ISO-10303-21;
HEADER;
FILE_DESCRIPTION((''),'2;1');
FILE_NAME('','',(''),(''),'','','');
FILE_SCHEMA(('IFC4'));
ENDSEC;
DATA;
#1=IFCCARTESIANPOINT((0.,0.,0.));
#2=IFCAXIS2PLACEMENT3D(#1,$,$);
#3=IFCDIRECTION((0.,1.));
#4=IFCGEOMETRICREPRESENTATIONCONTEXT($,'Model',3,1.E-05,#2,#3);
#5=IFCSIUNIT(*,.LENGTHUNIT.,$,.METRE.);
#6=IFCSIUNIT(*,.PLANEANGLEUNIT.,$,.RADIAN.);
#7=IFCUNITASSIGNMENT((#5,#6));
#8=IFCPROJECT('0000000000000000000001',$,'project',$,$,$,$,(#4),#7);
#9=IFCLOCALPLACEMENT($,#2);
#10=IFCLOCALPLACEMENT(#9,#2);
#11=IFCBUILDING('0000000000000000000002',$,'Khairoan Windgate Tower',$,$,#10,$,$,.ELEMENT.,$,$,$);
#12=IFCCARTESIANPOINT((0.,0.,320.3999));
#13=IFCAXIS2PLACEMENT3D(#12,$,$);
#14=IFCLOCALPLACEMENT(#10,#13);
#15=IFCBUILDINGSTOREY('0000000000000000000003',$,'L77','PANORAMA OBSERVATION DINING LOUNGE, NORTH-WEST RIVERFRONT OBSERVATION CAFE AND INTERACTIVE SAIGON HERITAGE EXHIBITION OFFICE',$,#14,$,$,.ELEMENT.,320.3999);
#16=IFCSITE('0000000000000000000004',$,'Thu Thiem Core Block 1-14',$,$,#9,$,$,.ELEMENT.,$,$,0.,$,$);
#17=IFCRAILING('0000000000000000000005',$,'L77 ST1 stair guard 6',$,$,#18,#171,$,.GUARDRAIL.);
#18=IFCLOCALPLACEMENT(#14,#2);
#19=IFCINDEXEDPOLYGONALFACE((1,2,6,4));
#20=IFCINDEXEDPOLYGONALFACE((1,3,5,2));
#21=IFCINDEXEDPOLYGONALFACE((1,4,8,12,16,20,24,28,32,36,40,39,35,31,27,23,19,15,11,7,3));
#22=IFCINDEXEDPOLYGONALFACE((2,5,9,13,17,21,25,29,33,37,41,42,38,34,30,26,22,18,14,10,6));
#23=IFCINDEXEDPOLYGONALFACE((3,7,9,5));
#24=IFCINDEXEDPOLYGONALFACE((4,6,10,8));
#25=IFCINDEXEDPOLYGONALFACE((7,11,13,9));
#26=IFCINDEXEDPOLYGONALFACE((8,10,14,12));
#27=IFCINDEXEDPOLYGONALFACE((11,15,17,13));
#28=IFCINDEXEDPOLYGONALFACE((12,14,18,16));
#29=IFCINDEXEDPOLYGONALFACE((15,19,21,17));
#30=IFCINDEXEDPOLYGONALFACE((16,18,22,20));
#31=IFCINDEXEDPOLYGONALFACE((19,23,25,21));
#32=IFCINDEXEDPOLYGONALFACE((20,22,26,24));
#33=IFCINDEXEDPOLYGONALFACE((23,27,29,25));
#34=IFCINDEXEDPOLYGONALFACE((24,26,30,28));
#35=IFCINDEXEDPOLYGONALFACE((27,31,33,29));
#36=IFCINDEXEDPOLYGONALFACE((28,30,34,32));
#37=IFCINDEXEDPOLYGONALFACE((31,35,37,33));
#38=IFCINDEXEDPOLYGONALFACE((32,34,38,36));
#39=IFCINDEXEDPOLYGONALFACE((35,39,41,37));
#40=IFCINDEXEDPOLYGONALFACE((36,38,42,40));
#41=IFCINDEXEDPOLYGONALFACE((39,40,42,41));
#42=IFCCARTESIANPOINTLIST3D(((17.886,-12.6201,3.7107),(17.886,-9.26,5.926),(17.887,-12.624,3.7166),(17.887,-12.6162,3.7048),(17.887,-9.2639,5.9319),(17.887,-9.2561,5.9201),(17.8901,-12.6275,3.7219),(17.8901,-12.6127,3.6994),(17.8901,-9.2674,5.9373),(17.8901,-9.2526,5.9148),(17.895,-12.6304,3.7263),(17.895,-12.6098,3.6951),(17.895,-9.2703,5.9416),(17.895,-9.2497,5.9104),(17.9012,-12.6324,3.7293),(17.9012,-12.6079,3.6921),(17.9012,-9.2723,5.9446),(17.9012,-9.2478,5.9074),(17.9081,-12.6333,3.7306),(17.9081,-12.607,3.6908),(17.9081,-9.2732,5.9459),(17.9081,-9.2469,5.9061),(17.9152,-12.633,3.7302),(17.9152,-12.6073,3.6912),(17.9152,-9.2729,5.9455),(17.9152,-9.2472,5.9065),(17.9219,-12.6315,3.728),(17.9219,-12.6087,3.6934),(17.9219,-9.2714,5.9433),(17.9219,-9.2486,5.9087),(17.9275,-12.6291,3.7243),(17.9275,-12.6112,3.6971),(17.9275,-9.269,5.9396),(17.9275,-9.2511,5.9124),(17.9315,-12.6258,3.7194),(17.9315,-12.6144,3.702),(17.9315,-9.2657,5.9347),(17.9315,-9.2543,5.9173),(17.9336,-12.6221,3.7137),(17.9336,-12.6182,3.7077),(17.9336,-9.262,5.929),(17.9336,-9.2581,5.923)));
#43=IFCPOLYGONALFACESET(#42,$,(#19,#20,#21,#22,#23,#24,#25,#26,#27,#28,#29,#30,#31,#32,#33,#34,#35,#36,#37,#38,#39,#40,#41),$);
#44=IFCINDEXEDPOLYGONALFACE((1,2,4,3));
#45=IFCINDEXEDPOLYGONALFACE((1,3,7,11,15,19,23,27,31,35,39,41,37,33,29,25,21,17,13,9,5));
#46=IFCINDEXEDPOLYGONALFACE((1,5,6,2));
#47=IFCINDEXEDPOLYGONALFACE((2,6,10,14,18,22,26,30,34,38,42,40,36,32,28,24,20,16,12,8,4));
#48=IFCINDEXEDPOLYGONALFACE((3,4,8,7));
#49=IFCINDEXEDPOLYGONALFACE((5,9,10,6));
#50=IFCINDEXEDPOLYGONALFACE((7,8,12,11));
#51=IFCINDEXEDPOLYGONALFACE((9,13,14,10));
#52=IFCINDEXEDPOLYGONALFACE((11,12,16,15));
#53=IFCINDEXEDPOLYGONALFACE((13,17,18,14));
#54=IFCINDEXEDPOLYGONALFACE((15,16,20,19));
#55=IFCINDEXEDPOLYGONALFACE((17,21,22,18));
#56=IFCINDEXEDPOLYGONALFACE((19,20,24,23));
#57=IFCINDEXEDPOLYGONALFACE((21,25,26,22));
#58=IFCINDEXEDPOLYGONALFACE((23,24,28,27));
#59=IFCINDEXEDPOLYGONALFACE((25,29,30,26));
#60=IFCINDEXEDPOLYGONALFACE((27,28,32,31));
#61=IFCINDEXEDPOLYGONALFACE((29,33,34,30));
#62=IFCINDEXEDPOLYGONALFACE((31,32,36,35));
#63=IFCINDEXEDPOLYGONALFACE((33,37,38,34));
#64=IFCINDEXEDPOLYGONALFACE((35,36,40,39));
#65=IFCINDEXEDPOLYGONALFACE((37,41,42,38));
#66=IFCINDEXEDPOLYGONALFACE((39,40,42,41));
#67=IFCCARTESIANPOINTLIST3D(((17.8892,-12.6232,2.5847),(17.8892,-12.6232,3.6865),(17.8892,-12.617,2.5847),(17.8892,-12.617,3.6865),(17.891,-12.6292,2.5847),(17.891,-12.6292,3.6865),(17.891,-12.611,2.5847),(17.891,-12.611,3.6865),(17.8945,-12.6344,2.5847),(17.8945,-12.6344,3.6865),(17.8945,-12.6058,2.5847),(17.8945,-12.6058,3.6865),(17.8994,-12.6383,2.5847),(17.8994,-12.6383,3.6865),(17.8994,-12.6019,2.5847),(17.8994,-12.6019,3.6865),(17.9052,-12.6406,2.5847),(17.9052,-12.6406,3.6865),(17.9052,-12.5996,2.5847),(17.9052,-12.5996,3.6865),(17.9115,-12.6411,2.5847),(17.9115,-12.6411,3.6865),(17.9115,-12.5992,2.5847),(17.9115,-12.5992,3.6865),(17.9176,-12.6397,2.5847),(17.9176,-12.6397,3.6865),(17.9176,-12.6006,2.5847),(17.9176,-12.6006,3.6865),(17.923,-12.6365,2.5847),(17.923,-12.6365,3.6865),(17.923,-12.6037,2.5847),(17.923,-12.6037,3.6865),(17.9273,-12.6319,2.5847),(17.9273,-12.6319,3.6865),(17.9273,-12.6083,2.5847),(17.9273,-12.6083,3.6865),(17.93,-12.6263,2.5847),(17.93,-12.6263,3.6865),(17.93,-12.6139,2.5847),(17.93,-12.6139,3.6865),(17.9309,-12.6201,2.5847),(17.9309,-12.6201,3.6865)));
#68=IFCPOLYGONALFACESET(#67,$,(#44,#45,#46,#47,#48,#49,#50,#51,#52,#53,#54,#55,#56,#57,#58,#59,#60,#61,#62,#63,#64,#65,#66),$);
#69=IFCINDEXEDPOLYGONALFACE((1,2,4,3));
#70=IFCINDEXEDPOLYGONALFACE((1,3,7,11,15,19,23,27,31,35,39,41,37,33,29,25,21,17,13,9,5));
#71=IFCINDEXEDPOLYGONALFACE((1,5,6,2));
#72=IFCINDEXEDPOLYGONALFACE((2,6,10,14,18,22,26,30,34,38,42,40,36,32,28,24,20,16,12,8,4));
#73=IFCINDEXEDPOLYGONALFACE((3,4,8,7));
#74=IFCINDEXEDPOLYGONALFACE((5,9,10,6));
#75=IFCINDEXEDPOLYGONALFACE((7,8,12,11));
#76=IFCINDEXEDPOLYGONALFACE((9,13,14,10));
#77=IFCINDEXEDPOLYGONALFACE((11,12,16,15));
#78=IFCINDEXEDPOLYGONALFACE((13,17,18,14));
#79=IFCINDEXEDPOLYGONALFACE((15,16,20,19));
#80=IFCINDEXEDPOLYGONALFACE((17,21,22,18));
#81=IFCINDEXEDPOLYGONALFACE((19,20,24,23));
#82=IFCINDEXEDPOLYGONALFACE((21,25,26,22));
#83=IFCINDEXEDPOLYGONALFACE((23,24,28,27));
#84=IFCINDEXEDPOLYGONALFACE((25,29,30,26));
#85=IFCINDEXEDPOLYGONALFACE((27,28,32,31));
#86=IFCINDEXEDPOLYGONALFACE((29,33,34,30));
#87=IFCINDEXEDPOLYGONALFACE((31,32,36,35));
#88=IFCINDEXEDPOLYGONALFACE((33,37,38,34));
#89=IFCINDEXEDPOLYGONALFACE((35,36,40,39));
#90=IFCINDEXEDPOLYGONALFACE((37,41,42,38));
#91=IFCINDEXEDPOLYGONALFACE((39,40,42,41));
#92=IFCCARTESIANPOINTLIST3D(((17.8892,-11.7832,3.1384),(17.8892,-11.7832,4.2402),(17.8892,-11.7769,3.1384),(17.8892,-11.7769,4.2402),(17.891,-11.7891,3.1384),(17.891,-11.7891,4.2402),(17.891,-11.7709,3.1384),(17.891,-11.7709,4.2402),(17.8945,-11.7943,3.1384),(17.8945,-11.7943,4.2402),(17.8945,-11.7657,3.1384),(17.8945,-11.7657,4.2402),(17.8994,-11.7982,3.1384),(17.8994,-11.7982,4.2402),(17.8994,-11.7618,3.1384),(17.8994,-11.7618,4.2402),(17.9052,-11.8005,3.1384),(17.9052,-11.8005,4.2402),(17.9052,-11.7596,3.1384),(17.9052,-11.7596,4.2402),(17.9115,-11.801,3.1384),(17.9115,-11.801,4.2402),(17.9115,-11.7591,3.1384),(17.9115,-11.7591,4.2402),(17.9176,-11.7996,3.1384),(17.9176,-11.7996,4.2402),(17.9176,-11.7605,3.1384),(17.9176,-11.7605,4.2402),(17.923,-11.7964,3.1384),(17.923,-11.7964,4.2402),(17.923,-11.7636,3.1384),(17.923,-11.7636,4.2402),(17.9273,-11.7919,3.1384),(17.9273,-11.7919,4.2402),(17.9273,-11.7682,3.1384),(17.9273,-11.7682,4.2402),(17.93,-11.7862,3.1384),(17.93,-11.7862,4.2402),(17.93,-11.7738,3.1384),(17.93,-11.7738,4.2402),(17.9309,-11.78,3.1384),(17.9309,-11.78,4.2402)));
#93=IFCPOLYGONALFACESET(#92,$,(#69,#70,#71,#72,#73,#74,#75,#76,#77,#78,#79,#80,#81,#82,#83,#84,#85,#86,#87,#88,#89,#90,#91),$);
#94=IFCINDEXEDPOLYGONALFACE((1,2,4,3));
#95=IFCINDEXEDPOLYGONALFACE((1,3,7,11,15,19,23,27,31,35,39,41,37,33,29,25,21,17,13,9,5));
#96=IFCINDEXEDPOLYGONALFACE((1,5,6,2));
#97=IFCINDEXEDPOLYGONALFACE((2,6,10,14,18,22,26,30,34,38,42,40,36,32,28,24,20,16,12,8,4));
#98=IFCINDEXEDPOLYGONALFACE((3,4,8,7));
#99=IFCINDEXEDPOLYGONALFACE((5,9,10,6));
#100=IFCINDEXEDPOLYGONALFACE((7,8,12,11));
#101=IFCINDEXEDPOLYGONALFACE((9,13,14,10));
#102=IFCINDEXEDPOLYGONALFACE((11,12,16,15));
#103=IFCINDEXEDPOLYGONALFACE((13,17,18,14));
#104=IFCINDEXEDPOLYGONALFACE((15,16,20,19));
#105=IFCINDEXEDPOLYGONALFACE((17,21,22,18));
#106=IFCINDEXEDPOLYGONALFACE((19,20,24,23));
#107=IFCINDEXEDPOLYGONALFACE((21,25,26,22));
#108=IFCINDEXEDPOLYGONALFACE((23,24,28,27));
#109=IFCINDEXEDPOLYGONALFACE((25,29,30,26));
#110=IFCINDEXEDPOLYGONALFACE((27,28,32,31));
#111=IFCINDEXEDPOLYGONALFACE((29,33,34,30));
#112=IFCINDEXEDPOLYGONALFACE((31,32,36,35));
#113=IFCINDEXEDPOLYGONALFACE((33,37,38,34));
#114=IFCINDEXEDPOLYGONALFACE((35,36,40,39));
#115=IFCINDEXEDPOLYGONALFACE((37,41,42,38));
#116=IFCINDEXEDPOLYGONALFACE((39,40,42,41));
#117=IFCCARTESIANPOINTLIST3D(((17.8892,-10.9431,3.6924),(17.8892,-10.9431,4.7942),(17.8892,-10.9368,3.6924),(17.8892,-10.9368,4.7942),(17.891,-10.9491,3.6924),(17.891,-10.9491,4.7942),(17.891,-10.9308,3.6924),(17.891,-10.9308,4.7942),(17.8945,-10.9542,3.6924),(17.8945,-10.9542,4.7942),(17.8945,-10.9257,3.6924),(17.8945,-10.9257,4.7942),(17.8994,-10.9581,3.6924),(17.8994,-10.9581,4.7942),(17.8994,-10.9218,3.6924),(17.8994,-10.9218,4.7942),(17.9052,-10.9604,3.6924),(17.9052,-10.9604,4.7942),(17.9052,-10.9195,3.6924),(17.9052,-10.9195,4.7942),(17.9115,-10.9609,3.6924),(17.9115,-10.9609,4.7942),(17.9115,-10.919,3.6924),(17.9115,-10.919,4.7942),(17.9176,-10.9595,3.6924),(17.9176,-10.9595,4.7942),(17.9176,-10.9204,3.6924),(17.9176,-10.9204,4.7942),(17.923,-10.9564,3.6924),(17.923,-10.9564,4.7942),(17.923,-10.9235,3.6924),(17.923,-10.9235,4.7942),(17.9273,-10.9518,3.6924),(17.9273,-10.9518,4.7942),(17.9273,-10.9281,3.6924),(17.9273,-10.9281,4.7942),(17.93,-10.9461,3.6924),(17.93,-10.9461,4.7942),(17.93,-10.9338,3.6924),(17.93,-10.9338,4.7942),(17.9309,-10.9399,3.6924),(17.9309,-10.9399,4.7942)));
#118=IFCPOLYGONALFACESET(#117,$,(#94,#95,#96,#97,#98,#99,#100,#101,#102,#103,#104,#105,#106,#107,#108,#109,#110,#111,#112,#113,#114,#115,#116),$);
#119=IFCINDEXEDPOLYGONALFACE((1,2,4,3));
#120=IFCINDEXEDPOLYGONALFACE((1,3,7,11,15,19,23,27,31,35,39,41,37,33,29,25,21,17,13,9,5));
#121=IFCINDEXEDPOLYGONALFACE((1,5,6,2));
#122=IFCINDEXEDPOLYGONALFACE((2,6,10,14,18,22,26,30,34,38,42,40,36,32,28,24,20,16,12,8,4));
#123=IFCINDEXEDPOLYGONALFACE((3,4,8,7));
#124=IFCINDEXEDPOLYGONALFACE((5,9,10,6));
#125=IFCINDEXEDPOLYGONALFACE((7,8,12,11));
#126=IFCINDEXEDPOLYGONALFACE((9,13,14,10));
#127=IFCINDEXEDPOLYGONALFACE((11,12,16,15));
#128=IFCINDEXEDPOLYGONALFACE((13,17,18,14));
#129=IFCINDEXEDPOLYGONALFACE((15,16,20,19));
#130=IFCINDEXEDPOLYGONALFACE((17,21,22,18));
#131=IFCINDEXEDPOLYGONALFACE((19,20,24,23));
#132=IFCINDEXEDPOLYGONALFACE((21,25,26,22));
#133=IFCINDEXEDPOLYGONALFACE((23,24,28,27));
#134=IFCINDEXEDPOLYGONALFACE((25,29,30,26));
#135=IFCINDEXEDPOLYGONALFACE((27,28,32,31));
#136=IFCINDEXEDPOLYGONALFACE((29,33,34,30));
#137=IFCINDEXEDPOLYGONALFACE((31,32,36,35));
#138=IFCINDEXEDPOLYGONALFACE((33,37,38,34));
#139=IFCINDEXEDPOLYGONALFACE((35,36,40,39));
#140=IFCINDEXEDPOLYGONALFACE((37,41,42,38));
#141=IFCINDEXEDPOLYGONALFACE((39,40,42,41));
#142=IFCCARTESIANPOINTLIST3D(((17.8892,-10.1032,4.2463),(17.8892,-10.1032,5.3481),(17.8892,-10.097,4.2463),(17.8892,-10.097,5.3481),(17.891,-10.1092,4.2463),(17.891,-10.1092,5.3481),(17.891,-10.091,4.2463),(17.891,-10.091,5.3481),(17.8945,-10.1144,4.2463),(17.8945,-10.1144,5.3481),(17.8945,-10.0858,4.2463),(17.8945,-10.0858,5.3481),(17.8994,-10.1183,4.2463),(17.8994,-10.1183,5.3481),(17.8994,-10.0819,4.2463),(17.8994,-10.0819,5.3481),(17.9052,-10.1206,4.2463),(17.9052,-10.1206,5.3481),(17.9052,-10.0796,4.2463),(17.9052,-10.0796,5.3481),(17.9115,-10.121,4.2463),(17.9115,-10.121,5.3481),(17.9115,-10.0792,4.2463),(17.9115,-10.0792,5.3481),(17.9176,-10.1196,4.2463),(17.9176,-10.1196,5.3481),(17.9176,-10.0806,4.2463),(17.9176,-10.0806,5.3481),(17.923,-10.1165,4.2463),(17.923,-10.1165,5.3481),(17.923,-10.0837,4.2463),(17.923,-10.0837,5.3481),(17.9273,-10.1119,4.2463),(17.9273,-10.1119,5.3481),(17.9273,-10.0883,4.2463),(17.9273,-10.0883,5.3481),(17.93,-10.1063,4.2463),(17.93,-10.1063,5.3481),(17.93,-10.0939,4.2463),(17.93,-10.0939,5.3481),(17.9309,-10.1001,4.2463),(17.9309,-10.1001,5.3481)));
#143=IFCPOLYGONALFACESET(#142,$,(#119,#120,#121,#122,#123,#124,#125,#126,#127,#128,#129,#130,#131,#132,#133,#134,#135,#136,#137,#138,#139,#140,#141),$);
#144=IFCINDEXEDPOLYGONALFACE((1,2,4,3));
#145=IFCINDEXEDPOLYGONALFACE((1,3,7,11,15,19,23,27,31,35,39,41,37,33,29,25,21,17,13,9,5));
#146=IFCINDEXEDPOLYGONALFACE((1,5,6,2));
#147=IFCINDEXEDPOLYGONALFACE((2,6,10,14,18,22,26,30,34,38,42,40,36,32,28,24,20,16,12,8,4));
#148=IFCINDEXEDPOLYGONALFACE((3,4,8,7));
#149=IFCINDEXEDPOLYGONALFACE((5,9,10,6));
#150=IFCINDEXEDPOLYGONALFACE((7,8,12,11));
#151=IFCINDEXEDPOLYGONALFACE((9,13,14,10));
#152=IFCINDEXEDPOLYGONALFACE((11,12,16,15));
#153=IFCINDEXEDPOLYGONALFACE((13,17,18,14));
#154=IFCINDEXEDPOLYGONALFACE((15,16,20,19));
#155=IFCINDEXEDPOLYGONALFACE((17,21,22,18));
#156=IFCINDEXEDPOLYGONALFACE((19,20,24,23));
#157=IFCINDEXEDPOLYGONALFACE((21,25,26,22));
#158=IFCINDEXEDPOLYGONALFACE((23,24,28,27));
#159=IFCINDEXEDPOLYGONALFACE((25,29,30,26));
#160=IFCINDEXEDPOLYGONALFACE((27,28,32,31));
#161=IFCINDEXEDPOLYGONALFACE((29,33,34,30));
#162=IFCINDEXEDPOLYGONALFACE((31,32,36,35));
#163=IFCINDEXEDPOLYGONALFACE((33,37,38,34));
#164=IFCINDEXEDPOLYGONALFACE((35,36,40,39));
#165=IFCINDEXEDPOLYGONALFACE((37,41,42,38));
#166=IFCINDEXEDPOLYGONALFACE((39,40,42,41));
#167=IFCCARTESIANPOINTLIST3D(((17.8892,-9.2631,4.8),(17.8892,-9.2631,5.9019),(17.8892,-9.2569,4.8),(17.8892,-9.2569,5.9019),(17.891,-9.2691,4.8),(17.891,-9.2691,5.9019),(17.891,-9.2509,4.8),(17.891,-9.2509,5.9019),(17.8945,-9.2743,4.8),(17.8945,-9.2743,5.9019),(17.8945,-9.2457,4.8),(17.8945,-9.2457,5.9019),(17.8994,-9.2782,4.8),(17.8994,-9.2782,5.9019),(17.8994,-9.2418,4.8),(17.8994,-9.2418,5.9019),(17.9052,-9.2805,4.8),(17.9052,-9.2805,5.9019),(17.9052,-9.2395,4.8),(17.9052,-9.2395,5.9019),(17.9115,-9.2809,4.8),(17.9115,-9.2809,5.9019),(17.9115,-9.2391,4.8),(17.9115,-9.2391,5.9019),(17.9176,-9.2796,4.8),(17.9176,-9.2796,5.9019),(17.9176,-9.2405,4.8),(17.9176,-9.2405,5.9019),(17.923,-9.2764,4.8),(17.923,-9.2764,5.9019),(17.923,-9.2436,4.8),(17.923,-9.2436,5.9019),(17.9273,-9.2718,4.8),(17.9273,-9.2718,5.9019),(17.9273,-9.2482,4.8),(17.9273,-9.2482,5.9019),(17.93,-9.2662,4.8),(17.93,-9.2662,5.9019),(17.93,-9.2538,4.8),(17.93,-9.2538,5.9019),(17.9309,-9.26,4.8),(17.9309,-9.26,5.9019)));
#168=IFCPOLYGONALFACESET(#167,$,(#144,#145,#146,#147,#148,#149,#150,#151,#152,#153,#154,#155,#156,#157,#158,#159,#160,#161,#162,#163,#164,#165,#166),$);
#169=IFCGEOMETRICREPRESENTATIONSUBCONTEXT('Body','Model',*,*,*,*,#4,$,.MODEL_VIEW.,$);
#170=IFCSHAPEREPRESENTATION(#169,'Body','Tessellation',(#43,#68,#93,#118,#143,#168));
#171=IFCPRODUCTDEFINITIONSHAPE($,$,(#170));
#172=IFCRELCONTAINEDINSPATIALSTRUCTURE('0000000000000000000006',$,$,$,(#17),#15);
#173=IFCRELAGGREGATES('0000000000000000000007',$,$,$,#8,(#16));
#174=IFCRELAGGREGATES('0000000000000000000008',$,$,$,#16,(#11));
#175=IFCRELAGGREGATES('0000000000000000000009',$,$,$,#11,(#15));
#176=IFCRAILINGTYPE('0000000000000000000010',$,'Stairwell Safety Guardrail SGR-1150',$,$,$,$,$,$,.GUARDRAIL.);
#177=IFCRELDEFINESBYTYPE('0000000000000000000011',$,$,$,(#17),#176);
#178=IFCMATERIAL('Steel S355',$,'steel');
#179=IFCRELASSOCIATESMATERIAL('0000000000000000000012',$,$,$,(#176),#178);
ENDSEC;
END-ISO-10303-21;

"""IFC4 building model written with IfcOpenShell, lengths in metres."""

from ifc_helpers import new_model, si_unit, direction, frame, origin, origin_2d, place, context, subcontext, project, spatial, circle, extrude, material, type_object, element, save


model = new_model("IFC4")

# Units and contexts
model_context = context("Model", 3, precision=1e-05, world=origin(), true_north=direction((0.0, 1.0)))
body_context = subcontext(model_context, "Body", "Model", "MODEL_VIEW")
ifc_project = project(units=[si_unit("LENGTHUNIT", "METRE"), si_unit("PLANEANGLEUNIT", "RADIAN")], contexts=[model_context])

# Site, building, storey
site_placement = place(None, origin())
site = spatial("IfcSite", under=ifc_project, at=site_placement, Name="Thu Thiem Core Block 1-14", CompositionType="ELEMENT", RefElevation=0.0)
building_placement = place(site_placement, origin())
building = spatial("IfcBuilding", under=site, at=building_placement, Name="Khairoan Windgate Tower", CompositionType="ELEMENT")
storey_placement = place(building_placement, frame((0.0, 0.0, 320.3999)))
storey = spatial("IfcBuildingStorey", under=building, at=storey_placement, Name="L77", Description="PANORAMA OBSERVATION DINING LOUNGE, NORTH-WEST RIVERFRONT OBSERVATION CAFE AND INTERACTIVE SAIGON HERITAGE EXHIBITION OFFICE", CompositionType="ELEMENT", Elevation=320.3999)

# Railing
ifc_material_1 = material(Name="Steel S355", Category="steel")
railing_type_1 = type_object("IfcRailingType", Name="Stairwell Safety Guardrail SGR-1150", PredefinedType="GUARDRAIL", material=ifc_material_1)
railing_1_placement = place(storey_placement, frame((17.9099, -12.6201, 2.5847)))
element("IfcRailing", 1, at=railing_1_placement, inside=storey, type_object=railing_type_1, Name="L77 ST1 stair guard 6", PredefinedType="GUARDRAIL", context=body_context, shape_type="SweptSolid", body=[
    extrude(circle(Radius=0.0239, at=origin_2d()), frame((0.0, 0.0, 1.126), z_axis=(0.0, 0.834876, 0.550437), x_axis=(-1.0, 0.0, 0.0)), (0.0, 0.0, 1.0), 4.0247),
    extrude(circle(Radius=0.021, at=origin_2d()), origin(), (0.0, 0.0, 1.0), 1.1018),
    extrude(circle(Radius=0.021, at=origin_2d()), frame((0.0, 0.8401, 0.5537)), (0.0, 0.0, 1.0), 1.1018),
    extrude(circle(Radius=0.021, at=origin_2d()), frame((0.0, 1.6802, 1.1077)), (0.0, 0.0, 1.0), 1.1018),
    extrude(circle(Radius=0.021, at=origin_2d()), frame((0.0, 2.52, 1.6616)), (0.0, 0.0, 1.0), 1.1018),
    extrude(circle(Radius=0.021, at=origin_2d()), frame((0.0, 3.3601, 2.2153)), (0.0, 0.0, 1.0), 1.1018),
])

save(model, "model.ifc")
